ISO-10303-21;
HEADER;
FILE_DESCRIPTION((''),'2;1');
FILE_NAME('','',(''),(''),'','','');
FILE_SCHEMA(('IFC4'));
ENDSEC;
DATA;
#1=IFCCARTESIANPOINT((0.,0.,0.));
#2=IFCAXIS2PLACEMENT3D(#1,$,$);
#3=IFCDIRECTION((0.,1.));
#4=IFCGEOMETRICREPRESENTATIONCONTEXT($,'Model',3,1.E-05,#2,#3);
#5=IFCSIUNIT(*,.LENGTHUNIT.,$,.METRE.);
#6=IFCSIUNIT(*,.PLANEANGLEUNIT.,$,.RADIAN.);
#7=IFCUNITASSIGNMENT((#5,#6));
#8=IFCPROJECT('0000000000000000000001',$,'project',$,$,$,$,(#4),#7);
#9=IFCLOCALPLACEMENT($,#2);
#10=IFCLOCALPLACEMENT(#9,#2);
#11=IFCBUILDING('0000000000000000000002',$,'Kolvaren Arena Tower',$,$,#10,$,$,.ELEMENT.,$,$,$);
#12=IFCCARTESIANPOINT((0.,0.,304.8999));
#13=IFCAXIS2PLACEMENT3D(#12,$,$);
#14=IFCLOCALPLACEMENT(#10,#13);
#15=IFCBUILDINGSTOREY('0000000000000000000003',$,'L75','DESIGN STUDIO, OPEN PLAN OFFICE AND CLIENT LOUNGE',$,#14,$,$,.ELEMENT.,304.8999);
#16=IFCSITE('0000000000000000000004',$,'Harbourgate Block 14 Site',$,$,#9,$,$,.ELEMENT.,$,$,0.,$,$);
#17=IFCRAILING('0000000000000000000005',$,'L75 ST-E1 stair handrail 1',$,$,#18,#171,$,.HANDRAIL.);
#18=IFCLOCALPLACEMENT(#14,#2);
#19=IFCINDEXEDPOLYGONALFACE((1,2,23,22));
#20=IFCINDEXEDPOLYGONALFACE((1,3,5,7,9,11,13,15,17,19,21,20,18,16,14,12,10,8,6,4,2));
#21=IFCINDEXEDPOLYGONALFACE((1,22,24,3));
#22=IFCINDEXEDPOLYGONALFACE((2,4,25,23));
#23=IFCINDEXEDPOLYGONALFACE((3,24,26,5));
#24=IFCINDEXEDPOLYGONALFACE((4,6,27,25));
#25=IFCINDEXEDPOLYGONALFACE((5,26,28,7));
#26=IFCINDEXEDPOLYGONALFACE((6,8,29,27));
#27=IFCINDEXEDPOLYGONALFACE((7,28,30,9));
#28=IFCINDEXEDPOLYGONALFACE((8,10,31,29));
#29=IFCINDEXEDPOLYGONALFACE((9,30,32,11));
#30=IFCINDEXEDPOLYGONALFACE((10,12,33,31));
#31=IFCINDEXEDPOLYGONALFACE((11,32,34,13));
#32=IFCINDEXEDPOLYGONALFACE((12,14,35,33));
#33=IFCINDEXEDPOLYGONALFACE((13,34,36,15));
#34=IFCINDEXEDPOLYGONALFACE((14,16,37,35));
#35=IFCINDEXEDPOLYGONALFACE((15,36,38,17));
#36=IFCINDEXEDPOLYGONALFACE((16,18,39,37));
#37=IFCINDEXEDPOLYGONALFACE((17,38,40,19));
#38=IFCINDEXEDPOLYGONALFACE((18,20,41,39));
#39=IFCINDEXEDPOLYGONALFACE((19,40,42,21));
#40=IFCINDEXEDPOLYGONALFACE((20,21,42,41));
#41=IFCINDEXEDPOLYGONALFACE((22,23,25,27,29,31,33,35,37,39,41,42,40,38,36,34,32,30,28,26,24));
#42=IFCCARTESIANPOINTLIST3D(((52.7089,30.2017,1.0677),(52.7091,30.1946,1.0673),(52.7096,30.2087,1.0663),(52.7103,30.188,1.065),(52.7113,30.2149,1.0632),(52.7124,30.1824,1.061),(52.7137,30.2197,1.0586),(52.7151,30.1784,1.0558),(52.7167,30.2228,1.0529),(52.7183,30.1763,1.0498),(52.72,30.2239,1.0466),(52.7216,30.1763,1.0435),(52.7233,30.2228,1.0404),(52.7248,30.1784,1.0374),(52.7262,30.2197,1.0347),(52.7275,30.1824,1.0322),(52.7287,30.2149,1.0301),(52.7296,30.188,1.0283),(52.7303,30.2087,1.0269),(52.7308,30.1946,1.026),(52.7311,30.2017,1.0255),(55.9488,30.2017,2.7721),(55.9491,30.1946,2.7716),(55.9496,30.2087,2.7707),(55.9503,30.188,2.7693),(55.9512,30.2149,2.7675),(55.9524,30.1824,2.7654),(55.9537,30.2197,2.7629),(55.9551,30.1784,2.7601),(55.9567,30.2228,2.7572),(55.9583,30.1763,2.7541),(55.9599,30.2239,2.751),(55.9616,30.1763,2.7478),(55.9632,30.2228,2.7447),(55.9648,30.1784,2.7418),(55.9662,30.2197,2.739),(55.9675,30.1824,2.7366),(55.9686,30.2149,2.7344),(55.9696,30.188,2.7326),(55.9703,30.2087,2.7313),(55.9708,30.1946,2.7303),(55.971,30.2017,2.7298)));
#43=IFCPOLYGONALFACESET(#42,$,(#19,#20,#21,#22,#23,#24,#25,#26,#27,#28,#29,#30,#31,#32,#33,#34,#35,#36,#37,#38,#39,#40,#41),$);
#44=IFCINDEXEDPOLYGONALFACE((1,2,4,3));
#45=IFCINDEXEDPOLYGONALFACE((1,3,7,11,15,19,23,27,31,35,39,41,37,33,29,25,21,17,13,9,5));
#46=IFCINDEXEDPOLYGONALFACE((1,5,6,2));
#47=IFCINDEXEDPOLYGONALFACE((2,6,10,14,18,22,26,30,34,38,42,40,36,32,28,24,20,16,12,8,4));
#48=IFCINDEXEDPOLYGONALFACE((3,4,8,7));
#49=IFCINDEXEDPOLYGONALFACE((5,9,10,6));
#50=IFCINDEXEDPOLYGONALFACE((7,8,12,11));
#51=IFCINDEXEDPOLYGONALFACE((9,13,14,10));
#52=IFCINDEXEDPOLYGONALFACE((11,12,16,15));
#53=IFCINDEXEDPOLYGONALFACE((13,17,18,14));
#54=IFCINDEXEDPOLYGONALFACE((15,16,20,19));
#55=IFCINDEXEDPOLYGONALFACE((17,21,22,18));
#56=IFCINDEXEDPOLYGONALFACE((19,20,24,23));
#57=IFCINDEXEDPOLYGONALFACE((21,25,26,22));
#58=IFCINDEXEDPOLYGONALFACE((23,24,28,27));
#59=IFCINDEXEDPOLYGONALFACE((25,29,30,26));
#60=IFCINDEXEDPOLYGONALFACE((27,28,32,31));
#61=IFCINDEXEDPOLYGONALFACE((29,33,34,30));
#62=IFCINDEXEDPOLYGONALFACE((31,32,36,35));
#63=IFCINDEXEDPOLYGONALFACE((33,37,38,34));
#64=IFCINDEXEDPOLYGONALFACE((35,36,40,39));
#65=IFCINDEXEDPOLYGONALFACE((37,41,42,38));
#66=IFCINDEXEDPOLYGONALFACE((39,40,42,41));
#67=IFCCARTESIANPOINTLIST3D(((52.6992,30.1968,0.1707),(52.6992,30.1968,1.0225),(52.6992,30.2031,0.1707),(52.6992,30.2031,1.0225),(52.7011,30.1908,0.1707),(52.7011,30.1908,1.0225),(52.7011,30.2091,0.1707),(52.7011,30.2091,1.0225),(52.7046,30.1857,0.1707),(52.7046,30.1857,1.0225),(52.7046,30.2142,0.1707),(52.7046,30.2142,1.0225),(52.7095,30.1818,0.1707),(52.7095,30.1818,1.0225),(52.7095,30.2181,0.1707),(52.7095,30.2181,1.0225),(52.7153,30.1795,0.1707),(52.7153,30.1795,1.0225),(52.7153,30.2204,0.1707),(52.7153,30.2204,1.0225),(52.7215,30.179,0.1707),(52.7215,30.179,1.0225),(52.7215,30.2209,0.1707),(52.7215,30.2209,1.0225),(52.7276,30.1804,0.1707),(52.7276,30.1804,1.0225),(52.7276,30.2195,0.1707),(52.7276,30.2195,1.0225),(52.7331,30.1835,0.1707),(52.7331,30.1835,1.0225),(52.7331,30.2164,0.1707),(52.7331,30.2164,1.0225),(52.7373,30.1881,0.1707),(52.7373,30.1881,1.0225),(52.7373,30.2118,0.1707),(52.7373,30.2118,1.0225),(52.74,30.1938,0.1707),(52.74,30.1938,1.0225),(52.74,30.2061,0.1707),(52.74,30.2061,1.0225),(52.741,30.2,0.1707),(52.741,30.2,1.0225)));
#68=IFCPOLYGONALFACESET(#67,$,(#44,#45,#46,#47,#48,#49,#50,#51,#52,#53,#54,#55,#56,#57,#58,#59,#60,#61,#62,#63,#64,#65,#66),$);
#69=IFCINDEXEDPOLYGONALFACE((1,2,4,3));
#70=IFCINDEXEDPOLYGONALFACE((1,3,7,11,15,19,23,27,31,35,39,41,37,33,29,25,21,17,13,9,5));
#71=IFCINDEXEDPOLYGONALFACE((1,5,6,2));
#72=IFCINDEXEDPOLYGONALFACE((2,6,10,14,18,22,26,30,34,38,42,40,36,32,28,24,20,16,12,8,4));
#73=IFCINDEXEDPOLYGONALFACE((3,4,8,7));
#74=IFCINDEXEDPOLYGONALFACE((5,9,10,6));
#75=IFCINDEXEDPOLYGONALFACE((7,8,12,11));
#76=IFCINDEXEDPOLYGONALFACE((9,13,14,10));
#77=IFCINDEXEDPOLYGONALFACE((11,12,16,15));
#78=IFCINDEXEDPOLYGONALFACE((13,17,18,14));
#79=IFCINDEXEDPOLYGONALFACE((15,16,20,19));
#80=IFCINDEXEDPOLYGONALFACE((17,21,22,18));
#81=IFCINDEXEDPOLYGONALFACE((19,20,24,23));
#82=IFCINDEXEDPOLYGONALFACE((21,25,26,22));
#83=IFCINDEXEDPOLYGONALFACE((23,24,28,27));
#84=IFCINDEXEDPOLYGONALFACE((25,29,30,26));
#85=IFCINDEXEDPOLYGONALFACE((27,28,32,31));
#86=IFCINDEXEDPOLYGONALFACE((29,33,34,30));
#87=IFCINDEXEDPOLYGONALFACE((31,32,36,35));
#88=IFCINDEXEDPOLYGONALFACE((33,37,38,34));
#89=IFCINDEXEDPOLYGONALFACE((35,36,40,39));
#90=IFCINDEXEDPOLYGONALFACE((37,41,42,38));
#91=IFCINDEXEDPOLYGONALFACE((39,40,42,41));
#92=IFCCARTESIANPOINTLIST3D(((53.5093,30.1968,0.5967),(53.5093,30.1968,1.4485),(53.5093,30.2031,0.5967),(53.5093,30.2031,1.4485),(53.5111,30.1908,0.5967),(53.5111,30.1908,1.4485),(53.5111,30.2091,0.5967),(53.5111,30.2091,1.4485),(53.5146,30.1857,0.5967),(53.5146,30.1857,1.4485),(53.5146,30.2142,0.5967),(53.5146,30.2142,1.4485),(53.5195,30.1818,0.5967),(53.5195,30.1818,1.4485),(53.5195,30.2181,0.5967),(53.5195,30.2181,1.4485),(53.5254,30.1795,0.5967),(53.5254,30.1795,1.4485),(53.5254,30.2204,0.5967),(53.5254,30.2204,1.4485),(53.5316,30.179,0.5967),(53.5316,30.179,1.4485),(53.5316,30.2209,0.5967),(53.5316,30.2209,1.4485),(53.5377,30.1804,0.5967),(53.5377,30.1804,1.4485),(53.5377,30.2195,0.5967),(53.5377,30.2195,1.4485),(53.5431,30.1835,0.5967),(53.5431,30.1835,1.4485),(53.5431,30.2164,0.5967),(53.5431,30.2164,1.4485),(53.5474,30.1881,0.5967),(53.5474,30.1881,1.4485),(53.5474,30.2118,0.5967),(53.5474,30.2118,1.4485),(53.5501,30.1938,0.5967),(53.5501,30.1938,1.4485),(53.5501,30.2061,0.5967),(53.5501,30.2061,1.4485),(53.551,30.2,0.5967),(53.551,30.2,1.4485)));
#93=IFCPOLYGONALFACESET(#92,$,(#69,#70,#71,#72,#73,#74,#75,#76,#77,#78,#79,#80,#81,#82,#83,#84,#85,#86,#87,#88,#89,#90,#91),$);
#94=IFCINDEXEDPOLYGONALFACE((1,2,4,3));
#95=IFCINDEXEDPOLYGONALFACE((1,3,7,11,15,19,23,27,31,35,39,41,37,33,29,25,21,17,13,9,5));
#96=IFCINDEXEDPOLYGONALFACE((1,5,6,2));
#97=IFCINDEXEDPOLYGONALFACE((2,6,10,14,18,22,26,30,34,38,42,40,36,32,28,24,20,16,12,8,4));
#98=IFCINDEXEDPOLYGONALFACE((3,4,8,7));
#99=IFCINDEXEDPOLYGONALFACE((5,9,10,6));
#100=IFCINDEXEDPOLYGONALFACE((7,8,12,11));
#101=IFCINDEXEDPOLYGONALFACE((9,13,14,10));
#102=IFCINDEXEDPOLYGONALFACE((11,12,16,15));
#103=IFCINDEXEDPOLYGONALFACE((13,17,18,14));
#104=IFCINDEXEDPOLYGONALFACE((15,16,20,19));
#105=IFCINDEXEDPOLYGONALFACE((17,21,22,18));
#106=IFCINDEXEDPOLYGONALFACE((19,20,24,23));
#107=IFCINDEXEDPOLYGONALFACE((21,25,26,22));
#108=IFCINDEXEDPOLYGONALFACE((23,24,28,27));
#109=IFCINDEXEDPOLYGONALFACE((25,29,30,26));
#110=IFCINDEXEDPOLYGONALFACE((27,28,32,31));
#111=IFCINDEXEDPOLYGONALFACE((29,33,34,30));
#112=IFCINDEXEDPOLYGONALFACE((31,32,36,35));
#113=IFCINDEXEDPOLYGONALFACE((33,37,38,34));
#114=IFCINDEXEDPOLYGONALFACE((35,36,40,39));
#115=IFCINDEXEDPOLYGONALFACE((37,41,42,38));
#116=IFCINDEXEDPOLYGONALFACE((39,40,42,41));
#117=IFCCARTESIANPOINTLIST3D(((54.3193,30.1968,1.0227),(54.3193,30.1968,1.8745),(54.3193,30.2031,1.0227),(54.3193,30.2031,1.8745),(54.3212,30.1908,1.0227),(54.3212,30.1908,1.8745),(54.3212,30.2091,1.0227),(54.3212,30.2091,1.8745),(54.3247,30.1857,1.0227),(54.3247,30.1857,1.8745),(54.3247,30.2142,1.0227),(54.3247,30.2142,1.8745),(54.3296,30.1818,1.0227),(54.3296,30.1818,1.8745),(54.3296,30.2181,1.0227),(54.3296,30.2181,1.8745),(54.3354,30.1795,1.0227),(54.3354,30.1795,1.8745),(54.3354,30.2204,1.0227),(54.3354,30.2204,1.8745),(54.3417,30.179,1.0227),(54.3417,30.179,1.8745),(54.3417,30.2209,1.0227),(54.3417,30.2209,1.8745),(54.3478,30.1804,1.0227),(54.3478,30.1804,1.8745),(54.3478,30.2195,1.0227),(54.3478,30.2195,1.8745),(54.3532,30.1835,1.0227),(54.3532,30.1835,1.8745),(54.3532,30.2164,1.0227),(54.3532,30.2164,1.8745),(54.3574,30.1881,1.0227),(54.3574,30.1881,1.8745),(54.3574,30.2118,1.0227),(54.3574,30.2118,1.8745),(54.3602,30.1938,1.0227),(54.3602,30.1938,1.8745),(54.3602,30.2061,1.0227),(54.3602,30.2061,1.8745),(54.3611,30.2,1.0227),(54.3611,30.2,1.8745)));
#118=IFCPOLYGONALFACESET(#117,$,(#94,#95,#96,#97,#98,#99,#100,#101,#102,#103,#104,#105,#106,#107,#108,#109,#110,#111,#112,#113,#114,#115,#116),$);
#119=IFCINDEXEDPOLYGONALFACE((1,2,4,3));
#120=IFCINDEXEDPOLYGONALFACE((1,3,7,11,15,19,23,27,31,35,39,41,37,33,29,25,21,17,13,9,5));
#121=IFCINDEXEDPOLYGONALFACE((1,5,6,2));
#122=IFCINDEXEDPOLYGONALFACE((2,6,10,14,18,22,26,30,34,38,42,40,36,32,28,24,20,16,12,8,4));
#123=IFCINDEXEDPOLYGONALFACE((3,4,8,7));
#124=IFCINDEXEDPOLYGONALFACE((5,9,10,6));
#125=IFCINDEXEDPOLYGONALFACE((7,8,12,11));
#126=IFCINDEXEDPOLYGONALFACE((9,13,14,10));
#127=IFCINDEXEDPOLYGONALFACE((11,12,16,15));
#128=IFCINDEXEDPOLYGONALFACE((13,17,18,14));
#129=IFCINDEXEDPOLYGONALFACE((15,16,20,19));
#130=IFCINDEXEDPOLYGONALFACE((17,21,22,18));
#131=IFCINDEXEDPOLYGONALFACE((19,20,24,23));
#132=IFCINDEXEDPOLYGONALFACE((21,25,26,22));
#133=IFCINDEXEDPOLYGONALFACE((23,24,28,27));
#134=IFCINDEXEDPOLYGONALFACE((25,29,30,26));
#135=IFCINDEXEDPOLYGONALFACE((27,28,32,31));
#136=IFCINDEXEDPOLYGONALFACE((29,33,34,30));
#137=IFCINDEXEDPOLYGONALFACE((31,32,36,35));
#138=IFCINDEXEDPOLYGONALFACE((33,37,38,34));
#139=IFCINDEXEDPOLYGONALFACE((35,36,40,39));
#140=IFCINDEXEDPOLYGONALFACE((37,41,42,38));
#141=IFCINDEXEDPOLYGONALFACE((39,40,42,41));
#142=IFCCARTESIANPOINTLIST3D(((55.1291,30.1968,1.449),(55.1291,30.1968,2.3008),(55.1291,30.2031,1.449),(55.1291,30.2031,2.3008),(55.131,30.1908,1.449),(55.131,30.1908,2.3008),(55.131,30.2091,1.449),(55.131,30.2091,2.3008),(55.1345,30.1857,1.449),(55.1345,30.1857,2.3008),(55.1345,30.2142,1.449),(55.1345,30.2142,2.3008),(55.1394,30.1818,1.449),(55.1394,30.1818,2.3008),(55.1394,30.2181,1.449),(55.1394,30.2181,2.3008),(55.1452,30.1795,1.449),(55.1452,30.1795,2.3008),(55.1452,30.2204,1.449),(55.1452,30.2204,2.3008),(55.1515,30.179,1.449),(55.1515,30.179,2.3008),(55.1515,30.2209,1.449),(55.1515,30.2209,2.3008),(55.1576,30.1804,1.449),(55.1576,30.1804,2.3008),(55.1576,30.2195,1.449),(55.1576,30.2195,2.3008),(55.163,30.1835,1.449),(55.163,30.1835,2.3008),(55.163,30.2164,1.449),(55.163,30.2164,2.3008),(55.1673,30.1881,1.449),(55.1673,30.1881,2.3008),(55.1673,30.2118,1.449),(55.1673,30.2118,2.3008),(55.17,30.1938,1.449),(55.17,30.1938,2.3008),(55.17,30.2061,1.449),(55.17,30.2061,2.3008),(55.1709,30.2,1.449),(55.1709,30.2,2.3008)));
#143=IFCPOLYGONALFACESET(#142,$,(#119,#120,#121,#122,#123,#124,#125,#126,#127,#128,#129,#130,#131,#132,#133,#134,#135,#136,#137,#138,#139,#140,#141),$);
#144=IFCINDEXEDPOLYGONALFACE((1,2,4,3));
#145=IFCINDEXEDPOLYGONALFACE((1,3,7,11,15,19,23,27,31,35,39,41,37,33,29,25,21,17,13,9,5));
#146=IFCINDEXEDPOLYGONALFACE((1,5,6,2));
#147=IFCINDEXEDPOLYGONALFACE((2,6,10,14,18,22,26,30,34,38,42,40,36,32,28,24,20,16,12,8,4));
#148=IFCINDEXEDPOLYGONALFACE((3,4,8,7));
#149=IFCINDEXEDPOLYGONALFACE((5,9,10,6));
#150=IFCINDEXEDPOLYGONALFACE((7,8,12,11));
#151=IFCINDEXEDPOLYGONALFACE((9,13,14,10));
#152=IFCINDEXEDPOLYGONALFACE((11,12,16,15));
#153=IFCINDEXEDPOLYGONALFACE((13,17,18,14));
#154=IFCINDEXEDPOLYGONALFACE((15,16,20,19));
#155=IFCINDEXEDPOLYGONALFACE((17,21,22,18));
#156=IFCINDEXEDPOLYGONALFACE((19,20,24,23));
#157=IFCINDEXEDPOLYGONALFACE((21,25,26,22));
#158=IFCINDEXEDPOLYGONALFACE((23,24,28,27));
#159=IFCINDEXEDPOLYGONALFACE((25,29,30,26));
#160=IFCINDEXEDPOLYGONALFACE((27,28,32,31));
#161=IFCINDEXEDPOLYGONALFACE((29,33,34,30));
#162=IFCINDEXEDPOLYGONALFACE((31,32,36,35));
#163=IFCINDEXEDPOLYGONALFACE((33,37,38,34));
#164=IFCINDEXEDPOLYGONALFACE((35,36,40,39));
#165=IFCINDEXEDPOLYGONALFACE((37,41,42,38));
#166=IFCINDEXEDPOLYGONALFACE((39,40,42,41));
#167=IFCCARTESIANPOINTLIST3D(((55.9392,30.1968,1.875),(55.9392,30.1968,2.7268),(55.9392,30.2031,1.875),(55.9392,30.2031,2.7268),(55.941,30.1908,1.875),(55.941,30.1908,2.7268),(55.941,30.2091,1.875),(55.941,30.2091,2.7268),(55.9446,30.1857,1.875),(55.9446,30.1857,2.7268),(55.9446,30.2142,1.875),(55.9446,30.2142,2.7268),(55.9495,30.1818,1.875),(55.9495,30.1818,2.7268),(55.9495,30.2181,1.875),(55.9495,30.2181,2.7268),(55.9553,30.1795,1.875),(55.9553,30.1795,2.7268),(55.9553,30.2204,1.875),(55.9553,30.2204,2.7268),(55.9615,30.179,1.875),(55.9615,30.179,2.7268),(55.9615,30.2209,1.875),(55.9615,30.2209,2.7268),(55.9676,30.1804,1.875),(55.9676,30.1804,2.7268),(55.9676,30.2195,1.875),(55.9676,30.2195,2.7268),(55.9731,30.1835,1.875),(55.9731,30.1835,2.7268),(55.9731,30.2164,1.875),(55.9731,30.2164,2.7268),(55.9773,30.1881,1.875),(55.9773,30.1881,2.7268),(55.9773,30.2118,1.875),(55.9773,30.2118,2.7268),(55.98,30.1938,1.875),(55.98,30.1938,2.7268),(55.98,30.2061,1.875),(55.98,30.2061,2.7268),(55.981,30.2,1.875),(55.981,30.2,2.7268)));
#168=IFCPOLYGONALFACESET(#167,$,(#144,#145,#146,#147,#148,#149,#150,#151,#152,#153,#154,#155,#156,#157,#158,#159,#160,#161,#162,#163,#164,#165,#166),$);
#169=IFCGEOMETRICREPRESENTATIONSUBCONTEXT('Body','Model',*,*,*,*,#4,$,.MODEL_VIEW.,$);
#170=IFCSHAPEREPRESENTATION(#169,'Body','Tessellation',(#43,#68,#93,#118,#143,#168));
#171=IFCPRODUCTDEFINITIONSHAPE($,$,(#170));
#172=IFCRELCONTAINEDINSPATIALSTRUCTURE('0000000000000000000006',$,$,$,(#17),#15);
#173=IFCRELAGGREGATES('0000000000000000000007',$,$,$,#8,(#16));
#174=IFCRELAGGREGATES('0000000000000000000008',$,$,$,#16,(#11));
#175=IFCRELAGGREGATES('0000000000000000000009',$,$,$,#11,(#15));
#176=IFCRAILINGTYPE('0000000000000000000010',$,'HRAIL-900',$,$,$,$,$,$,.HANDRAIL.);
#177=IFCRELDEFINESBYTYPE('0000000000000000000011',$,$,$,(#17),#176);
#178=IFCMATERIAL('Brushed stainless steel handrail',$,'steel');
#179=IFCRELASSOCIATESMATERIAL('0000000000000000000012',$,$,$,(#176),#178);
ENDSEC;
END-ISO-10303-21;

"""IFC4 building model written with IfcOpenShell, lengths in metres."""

from ifc_helpers import new_model, si_unit, direction, frame, origin, origin_2d, place, context, subcontext, project, spatial, circle, extrude, material, type_object, element, save


model = new_model("IFC4")

# Units and contexts
model_context = context("Model", 3, precision=1e-05, world=origin(), true_north=direction((0.0, 1.0)))
body_context = subcontext(model_context, "Body", "Model", "MODEL_VIEW")
ifc_project = project(units=[si_unit("LENGTHUNIT", "METRE"), si_unit("PLANEANGLEUNIT", "RADIAN")], contexts=[model_context])

# Site, building, storey
site_placement = place(None, origin())
site = spatial("IfcSite", under=ifc_project, at=site_placement, Name="Harbourgate Block 14 Site", CompositionType="ELEMENT", RefElevation=0.0)
building_placement = place(site_placement, origin())
building = spatial("IfcBuilding", under=site, at=building_placement, Name="Kolvaren Arena Tower", CompositionType="ELEMENT")
storey_placement = place(building_placement, frame((0.0, 0.0, 304.8999)))
storey = spatial("IfcBuildingStorey", under=building, at=storey_placement, Name="L75", Description="DESIGN STUDIO, OPEN PLAN OFFICE AND CLIENT LOUNGE", CompositionType="ELEMENT", Elevation=304.8999)

# Railing
ifc_material_1 = material(Name="Brushed stainless steel handrail", Category="steel")
railing_type_1 = type_object("IfcRailingType", Name="HRAIL-900", PredefinedType="HANDRAIL", material=ifc_material_1)
for number, where, name in (
    (1, (52.72, 30.2, 0.1707), "L75 ST-E1 stair handrail 1"),
):
    element("IfcRailing", number, at=place(storey_placement, frame(where)), inside=storey, type_object=railing_type_1, Name=name, PredefinedType="HANDRAIL", context=body_context, shape_type="SweptSolid", body=[
        extrude(circle(Radius=0.0239, at=origin_2d()), frame((0.0, 0.0, 0.876), z_axis=(0.885021, 0.0, 0.465551), x_axis=(0.0, 1.0, 0.0)), (0.0, 0.0, 1.0), 3.6609),
        extrude(circle(Radius=0.021, at=origin_2d()), origin(), (0.0, 0.0, 1.0), 0.8518),
        extrude(circle(Radius=0.021, at=origin_2d()), frame((0.8101, 0.0, 0.426)), (0.0, 0.0, 1.0), 0.8518),
        extrude(circle(Radius=0.021, at=origin_2d()), frame((1.6201, 0.0, 0.8521)), (0.0, 0.0, 1.0), 0.8518),
        extrude(circle(Radius=0.021, at=origin_2d()), frame((2.4299, 0.0, 1.2783)), (0.0, 0.0, 1.0), 0.8518),
        extrude(circle(Radius=0.021, at=origin_2d()), frame((3.24, 0.0, 1.7043)), (0.0, 0.0, 1.0), 0.8518),
    ])

save(model, "model.ifc")
